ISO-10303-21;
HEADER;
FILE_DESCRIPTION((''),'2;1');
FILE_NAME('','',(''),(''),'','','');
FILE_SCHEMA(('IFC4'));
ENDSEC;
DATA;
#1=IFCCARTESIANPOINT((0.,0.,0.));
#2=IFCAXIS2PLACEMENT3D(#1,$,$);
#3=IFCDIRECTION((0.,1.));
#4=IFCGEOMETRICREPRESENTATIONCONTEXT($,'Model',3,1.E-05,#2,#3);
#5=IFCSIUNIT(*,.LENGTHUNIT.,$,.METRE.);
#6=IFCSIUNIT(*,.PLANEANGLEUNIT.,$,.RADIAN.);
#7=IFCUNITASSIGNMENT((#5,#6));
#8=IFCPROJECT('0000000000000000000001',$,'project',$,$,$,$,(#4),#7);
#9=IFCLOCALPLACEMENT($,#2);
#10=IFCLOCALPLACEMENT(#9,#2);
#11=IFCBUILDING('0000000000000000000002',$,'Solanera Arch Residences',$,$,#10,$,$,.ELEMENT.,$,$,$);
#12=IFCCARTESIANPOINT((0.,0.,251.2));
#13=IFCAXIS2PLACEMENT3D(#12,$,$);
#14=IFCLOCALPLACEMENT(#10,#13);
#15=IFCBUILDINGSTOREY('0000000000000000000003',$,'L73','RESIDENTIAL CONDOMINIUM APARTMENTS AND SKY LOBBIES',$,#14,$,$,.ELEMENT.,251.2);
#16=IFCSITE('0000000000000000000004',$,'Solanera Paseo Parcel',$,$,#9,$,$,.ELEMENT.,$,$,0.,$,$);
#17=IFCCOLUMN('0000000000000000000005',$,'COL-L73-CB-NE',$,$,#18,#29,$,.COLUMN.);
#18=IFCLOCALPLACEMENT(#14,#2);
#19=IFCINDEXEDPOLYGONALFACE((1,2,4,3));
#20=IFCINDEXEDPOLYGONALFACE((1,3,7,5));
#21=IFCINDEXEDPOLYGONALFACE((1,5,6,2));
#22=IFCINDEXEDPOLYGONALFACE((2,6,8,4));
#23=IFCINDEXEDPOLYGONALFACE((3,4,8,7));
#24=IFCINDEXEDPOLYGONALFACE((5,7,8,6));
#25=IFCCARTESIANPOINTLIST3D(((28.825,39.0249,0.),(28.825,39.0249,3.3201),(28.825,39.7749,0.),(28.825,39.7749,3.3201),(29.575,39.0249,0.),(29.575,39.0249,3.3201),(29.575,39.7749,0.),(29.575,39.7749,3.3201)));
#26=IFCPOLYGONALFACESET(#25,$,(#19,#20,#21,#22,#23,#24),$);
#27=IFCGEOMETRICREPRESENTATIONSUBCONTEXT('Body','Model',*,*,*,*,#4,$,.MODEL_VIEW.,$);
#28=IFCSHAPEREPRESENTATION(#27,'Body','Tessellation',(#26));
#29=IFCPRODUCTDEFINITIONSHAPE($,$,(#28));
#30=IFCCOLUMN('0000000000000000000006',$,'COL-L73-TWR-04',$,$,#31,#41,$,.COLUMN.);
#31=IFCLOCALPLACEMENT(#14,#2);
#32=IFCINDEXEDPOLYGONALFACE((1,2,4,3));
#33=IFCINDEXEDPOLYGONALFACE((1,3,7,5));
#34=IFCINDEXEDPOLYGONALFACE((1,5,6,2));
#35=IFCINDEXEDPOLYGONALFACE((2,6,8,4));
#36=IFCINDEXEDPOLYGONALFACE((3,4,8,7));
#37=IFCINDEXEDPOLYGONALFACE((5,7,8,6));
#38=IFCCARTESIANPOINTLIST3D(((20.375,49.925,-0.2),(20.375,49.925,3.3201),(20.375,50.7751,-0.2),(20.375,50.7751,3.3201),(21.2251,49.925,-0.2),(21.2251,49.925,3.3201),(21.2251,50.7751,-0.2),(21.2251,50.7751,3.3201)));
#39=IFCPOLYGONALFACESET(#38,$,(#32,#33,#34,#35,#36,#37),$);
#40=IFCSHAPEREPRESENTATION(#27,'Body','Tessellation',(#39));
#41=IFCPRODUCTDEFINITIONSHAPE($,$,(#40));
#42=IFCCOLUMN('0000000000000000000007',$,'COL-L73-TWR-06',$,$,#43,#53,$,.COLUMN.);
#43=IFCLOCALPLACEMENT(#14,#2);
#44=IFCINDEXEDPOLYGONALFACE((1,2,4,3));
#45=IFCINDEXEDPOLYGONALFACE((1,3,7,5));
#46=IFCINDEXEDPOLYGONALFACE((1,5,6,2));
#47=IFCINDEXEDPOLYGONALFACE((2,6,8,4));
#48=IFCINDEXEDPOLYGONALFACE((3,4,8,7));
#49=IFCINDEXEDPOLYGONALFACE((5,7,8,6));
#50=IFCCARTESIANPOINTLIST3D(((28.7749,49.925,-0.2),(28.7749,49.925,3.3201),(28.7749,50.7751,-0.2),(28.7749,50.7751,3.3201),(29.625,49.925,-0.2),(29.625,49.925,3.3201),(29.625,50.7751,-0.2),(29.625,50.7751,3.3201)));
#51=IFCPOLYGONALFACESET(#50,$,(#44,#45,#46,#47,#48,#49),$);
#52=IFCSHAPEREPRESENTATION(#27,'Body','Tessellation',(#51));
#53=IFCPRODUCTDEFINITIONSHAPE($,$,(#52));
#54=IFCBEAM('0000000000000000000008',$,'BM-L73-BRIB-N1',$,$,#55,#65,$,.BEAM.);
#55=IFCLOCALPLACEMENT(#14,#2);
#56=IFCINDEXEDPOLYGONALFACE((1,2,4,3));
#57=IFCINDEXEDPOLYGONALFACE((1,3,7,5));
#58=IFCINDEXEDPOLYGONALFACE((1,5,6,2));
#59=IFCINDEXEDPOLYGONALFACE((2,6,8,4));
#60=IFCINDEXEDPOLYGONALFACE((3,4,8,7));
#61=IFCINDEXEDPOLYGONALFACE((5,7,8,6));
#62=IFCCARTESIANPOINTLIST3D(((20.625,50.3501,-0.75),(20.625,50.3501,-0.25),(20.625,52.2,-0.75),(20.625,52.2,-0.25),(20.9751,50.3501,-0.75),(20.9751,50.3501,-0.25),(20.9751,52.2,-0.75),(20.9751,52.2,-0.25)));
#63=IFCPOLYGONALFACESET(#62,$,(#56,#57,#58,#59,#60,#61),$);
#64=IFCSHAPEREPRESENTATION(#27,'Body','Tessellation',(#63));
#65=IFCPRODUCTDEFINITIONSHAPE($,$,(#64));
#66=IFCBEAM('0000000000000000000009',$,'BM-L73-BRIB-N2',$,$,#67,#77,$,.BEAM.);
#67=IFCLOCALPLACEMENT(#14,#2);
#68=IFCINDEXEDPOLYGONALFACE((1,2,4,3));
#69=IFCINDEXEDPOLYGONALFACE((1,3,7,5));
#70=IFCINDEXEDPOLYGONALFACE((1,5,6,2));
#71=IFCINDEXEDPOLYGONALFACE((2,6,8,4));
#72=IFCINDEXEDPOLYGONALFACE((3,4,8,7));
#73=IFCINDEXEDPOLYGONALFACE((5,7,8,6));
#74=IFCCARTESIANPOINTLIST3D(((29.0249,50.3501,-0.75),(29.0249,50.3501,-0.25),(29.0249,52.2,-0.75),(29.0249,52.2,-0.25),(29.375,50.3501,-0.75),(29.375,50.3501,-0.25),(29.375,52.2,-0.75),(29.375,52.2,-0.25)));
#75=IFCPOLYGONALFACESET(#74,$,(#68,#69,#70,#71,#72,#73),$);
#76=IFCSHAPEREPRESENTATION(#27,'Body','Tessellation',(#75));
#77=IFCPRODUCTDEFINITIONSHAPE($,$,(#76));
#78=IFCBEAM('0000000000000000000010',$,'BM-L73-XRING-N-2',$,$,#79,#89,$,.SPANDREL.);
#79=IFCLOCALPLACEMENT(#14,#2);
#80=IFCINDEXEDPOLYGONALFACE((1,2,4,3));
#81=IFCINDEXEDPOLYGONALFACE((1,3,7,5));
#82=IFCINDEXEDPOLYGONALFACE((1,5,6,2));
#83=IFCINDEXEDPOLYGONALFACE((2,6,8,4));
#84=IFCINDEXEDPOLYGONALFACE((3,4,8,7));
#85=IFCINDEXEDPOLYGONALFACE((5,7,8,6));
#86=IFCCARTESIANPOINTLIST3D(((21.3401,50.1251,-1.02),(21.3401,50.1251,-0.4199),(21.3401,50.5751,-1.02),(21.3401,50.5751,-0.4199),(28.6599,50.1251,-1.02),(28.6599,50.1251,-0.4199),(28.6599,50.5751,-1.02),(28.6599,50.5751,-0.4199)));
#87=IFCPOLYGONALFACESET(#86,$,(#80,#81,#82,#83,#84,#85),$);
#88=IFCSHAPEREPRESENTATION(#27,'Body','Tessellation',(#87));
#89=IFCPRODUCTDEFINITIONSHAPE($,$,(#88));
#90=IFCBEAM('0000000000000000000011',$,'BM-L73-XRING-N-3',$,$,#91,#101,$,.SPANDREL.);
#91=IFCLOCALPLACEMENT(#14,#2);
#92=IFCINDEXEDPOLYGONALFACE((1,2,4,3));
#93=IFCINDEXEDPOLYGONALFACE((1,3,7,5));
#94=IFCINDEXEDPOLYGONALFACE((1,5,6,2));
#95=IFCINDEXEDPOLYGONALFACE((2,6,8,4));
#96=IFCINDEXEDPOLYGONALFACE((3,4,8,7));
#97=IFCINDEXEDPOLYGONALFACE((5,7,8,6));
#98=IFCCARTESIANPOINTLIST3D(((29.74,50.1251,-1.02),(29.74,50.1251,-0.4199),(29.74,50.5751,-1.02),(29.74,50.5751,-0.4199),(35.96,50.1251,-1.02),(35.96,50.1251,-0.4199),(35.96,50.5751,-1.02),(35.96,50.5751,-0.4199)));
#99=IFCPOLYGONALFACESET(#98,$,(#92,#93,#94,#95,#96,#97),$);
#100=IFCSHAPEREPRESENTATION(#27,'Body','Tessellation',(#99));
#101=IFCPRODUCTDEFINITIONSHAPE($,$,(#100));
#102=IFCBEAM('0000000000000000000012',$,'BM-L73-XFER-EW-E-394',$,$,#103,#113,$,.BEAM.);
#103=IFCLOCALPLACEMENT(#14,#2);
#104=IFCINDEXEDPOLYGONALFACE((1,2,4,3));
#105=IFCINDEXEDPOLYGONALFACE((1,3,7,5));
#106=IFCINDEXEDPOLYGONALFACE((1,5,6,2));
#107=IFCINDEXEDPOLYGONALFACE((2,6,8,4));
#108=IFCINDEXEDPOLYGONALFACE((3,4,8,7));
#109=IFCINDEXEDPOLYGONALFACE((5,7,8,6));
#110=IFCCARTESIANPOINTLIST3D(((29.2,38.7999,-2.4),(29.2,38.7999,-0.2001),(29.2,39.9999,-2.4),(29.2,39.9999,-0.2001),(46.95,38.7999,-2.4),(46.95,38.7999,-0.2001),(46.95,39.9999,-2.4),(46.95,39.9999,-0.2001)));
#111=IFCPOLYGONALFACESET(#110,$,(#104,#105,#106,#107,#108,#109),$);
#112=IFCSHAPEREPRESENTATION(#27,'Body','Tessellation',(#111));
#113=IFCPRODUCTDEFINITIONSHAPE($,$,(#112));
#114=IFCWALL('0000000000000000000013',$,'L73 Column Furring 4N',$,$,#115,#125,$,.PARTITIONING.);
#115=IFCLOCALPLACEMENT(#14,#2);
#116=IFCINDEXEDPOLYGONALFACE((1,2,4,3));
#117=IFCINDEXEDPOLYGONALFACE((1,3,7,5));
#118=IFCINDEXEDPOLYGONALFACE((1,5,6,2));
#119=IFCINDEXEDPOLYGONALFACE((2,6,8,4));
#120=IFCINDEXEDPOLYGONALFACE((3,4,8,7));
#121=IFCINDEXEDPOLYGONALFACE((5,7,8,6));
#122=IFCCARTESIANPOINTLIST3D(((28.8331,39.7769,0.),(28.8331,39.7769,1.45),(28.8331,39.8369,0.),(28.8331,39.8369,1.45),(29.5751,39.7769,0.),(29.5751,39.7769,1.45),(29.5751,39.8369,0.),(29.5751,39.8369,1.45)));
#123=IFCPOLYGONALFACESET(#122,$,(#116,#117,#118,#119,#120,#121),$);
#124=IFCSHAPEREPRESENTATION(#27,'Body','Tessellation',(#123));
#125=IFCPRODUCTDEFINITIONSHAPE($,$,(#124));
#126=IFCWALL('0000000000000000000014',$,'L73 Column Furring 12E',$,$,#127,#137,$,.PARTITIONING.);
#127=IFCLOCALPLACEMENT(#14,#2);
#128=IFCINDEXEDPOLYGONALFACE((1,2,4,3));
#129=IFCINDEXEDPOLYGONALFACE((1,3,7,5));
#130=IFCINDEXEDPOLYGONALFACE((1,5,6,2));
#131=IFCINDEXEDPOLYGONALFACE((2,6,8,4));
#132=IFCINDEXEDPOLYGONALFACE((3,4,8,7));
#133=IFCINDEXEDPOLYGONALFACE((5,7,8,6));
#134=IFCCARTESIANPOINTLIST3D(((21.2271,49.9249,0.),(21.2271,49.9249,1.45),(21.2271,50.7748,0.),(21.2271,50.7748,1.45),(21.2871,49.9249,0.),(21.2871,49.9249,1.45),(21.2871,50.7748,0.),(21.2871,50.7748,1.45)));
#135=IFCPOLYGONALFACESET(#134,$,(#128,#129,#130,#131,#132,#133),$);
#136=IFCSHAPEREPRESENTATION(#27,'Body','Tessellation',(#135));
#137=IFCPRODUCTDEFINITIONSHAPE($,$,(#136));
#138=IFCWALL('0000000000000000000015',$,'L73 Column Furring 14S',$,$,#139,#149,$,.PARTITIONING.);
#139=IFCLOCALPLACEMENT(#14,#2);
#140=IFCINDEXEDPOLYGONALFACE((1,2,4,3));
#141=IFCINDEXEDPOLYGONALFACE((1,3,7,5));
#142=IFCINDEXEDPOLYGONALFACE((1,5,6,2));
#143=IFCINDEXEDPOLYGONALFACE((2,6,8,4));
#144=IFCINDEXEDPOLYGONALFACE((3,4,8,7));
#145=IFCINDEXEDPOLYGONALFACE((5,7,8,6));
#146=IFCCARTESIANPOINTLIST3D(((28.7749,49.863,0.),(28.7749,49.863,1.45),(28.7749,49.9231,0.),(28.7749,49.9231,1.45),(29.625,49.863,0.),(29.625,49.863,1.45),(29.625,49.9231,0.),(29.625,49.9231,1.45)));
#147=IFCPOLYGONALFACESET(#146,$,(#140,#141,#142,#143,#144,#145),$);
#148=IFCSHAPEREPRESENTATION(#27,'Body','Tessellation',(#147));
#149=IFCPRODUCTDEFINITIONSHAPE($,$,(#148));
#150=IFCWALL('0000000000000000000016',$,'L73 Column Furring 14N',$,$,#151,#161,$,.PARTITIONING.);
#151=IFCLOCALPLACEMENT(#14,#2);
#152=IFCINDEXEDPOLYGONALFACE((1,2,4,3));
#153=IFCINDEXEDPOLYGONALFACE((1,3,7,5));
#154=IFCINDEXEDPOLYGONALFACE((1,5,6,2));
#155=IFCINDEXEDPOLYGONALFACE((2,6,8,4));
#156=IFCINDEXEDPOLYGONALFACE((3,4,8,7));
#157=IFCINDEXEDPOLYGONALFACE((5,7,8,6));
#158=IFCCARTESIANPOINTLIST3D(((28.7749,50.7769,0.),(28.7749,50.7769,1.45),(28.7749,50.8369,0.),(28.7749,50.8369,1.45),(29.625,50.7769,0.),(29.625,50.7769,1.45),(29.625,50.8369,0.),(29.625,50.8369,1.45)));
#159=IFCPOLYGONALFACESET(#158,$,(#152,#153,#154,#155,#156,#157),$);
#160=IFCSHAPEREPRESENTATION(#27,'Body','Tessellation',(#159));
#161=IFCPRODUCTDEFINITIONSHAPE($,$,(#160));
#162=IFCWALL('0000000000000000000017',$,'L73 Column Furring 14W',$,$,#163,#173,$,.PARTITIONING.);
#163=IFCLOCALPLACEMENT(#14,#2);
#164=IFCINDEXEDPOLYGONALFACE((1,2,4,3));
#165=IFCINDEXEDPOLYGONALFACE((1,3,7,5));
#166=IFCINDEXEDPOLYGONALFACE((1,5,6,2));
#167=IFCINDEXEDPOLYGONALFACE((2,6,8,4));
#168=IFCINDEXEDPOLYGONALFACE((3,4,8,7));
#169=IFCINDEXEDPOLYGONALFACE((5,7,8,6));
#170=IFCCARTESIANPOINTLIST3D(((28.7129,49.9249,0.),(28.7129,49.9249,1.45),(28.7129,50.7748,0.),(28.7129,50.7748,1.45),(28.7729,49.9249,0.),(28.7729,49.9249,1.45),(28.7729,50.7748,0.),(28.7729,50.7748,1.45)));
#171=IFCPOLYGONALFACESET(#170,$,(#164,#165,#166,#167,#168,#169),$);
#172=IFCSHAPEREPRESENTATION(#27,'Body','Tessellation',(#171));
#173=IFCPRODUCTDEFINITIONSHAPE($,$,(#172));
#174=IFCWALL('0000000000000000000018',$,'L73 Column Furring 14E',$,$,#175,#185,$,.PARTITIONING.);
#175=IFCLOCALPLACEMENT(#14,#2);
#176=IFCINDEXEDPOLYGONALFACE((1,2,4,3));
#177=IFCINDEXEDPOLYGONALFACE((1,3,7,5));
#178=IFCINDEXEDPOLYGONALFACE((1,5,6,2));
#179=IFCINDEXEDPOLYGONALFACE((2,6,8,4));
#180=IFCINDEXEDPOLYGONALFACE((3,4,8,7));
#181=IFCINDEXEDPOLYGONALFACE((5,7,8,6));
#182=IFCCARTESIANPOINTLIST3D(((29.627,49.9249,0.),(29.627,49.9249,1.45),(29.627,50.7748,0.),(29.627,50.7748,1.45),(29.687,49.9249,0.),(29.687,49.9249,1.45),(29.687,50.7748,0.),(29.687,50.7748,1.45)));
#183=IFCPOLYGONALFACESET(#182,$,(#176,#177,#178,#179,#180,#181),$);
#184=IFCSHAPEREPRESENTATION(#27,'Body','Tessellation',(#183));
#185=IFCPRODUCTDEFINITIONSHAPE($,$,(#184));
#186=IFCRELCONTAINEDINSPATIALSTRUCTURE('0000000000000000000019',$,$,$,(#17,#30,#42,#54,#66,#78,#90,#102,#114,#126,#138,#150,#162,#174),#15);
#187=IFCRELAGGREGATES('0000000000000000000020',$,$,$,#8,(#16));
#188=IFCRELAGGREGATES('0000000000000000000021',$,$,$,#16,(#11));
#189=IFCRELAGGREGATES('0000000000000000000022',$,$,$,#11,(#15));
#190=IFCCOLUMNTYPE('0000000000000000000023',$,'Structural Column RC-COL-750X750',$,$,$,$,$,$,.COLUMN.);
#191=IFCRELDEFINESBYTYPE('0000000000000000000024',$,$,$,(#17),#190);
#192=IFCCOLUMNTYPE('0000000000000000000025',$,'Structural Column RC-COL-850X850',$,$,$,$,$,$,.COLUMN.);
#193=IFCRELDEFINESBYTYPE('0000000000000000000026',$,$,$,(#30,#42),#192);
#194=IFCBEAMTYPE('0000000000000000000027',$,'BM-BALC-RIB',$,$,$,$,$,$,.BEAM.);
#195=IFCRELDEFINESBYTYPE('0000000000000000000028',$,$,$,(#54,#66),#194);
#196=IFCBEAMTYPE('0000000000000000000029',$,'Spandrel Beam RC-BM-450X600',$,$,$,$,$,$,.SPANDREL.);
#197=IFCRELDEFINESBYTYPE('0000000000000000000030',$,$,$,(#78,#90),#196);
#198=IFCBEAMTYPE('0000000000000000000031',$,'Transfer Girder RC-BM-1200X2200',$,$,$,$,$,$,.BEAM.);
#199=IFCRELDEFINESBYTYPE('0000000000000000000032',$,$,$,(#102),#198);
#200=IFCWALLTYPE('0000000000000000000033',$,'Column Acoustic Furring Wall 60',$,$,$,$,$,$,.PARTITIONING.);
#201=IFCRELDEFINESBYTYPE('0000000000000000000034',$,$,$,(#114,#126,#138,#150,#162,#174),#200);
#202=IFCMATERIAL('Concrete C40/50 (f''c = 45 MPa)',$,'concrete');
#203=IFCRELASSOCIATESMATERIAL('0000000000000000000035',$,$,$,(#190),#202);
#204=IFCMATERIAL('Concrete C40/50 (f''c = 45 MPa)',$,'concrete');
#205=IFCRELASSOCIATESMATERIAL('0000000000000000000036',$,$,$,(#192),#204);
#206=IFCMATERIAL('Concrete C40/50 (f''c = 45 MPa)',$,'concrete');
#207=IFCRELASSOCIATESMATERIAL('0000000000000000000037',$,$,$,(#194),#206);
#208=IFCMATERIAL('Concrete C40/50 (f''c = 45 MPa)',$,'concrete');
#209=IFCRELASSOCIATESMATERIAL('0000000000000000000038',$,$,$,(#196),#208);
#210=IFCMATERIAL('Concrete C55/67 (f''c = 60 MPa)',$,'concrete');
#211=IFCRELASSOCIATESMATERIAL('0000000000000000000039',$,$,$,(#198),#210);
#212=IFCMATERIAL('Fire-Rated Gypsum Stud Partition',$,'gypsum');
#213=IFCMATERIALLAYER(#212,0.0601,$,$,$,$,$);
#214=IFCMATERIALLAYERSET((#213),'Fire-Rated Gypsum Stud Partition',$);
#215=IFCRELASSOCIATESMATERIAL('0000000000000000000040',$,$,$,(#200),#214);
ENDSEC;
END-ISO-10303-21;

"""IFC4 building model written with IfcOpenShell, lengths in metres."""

from ifc_helpers import new_model, si_unit, direction, frame, frame_2d, origin, origin_2d, place, context, subcontext, project, spatial, rectangle, extrude, material, layer, layer_set, material_profile, profile_set, type_object, element, save


model = new_model("IFC4")

# Units and contexts
model_context = context("Model", 3, precision=1e-05, world=origin(), true_north=direction((0.0, 1.0)))
body_context = subcontext(model_context, "Body", "Model", "MODEL_VIEW")
ifc_project = project(units=[si_unit("LENGTHUNIT", "METRE"), si_unit("PLANEANGLEUNIT", "RADIAN")], contexts=[model_context])

# Site, building, storey
site_placement = place(None, origin())
site = spatial("IfcSite", under=ifc_project, at=site_placement, Name="Solanera Paseo Parcel", CompositionType="ELEMENT", RefElevation=0.0)
building_placement = place(site_placement, origin())
building = spatial("IfcBuilding", under=site, at=building_placement, Name="Solanera Arch Residences", CompositionType="ELEMENT")
storey_placement = place(building_placement, frame((0.0, 0.0, 251.2)))
storey = spatial("IfcBuildingStorey", under=building, at=storey_placement, Name="L73", Description="RESIDENTIAL CONDOMINIUM APARTMENTS AND SKY LOBBIES", CompositionType="ELEMENT", Elevation=251.2)

# Columns
ifc_material_1 = material(Name="Concrete C40/50 (f'c = 45 MPa)", Category="concrete")
ifc_material_profile_1 = material_profile(ifc_material_1, rectangle(XDim=0.75, YDim=0.75, at=origin_2d()))
ifc_profile_set_1 = profile_set([ifc_material_profile_1], Name="Concrete C40/50 (f'c = 45 MPa)")
column_type_1 = type_object("IfcColumnType", Name="Structural Column RC-COL-750X750", PredefinedType="COLUMN", material=ifc_profile_set_1)
column_placement = place(storey_placement, frame((29.2, 39.3999, 0.0), z_axis=(0.0, 0.0, 1.0), x_axis=(1.0, 0.0, 0.0)))
element("IfcColumn", 1, at=column_placement, inside=storey, type_object=column_type_1, Name="COL-L73-CB-NE", PredefinedType="COLUMN", context=body_context, shape_type="SweptSolid", body=[
    extrude(rectangle(XDim=0.75, YDim=0.75, at=origin_2d()), origin(), (0.0, 0.0, 1.0), 3.3201),
])
ifc_material_2 = material(Name="Concrete C40/50 (f'c = 45 MPa)", Category="concrete")
ifc_material_profile_2 = material_profile(ifc_material_2, rectangle(XDim=0.8501, YDim=0.8501, at=origin_2d()))
ifc_profile_set_2 = profile_set([ifc_material_profile_2], Name="Concrete C40/50 (f'c = 45 MPa)")
column_type_2 = type_object("IfcColumnType", Name="Structural Column RC-COL-850X850", PredefinedType="COLUMN", material=ifc_profile_set_2)
for number, where, z_axis, x_axis, name in (
    (2, (20.8, 50.3501, -0.2), (0.0, 0.0, 1.0), (1.0, 0.0, 0.0), "COL-L73-TWR-04"),
    (3, (29.2, 50.3501, -0.2), (0.0, 0.0, 1.0), (1.0, 0.0, 0.0), "COL-L73-TWR-06"),
):
    element("IfcColumn", number, at=place(storey_placement, frame(where, z_axis=z_axis, x_axis=x_axis)), inside=storey, type_object=column_type_2, Name=name, PredefinedType="COLUMN", context=body_context, shape_type="SweptSolid", body=[
        extrude(rectangle(XDim=0.8501, YDim=0.8501, at=origin_2d()), origin(), (0.0, 0.0, 1.0), 3.52),
    ])

# Beams
ifc_material_3 = material(Name="Concrete C40/50 (f'c = 45 MPa)", Category="concrete")
ifc_material_profile_3 = material_profile(ifc_material_3, rectangle(XDim=0.3501, YDim=0.5, at=origin_2d()))
ifc_profile_set_3 = profile_set([ifc_material_profile_3], Name="Concrete C40/50 (f'c = 45 MPa)")
beam_type_1 = type_object("IfcBeamType", Name="BM-BALC-RIB", PredefinedType="BEAM", material=ifc_profile_set_3)
for number, where, z_axis, x_axis, name in (
    (4, (20.8, 50.3501, -0.5), (0.0, 1.0, 0.0), (-1.0, 0.0, 0.0), "BM-L73-BRIB-N1"),
    (5, (29.2, 50.3501, -0.5), (0.0, 1.0, 0.0), (-1.0, 0.0, 0.0), "BM-L73-BRIB-N2"),
):
    element("IfcBeam", number, at=place(storey_placement, frame(where, z_axis=z_axis, x_axis=x_axis)), inside=storey, type_object=beam_type_1, Name=name, PredefinedType="BEAM", context=body_context, shape_type="SweptSolid", body=[
        extrude(rectangle(XDim=0.3501, YDim=0.5, at=origin_2d()), origin(), (0.0, 0.0, 1.0), 1.8499),
    ])
ifc_material_4 = material(Name="Concrete C40/50 (f'c = 45 MPa)", Category="concrete")
ifc_material_profile_4 = material_profile(ifc_material_4, rectangle(XDim=0.45, YDim=0.6001, at=origin_2d()))
ifc_profile_set_4 = profile_set([ifc_material_profile_4], Name="Concrete C40/50 (f'c = 45 MPa)")
beam_type_2 = type_object("IfcBeamType", Name="Spandrel Beam RC-BM-450X600", PredefinedType="SPANDREL", material=ifc_profile_set_4)
beam_1_placement = place(storey_placement, frame((21.3401, 50.3501, -0.72), z_axis=(1.0, 0.0, 0.0), x_axis=(0.0, 1.0, 0.0)))
element("IfcBeam", 6, at=beam_1_placement, inside=storey, type_object=beam_type_2, Name="BM-L73-XRING-N-2", PredefinedType="SPANDREL", context=body_context, shape_type="SweptSolid", body=[
    extrude(rectangle(XDim=0.45, YDim=0.6001, at=origin_2d()), origin(), (0.0, 0.0, 1.0), 7.3198),
])
beam_2_placement = place(storey_placement, frame((29.74, 50.3501, -0.72), z_axis=(1.0, 0.0, 0.0), x_axis=(0.0, 1.0, 0.0)))
element("IfcBeam", 7, at=beam_2_placement, inside=storey, type_object=beam_type_2, Name="BM-L73-XRING-N-3", PredefinedType="SPANDREL", context=body_context, shape_type="SweptSolid", body=[
    extrude(rectangle(XDim=0.45, YDim=0.6001, at=origin_2d()), origin(), (0.0, 0.0, 1.0), 6.22),
])
ifc_material_5 = material(Name="Concrete C55/67 (f'c = 60 MPa)", Category="concrete")
ifc_material_profile_5 = material_profile(ifc_material_5, rectangle(XDim=1.2, YDim=2.2, at=origin_2d()))
ifc_profile_set_5 = profile_set([ifc_material_profile_5], Name="Concrete C55/67 (f'c = 60 MPa)")
beam_type_3 = type_object("IfcBeamType", Name="Transfer Girder RC-BM-1200X2200", PredefinedType="BEAM", material=ifc_profile_set_5)
beam_3_placement = place(storey_placement, frame((29.2, 39.3999, -1.3), z_axis=(1.0, 0.0, 0.0), x_axis=(0.0, 1.0, 0.0)))
element("IfcBeam", 8, at=beam_3_placement, inside=storey, type_object=beam_type_3, Name="BM-L73-XFER-EW-E-394", PredefinedType="BEAM", context=body_context, shape_type="SweptSolid", body=[
    extrude(rectangle(XDim=1.2, YDim=2.2, at=origin_2d()), origin(), (0.0, 0.0, 1.0), 17.75),
])

# Walls
ifc_material_6 = material(Name="Fire-Rated Gypsum Stud Partition", Category="gypsum")
ifc_layer_1 = layer(ifc_material_6, 0.0601)
ifc_layer_set_1 = layer_set([ifc_layer_1], Name="Fire-Rated Gypsum Stud Partition")
wall_type_1 = type_object("IfcWallType", Name="Column Acoustic Furring Wall 60", PredefinedType="PARTITIONING", material=ifc_layer_set_1)
wall_1_placement = place(storey_placement, frame((28.833, 39.8069, 0.0), z_axis=(0.0, 0.0, 1.0), x_axis=(1.0, 0.0, 0.0)))
element("IfcWall", 9, at=wall_1_placement, inside=storey, type_object=wall_type_1, Name="L73 Column Furring 4N", PredefinedType="PARTITIONING", context=body_context, shape_type="SweptSolid", body=[
    extrude(rectangle(XDim=0.7419, YDim=0.0601, at=frame_2d((0.3711, 0.0))), origin(), (0.0, 0.0, 1.0), 1.45),
])
wall_2_placement = place(storey_placement, frame((21.2571, 49.925, 0.0), z_axis=(0.0, 0.0, 1.0), x_axis=(0.0, 1.0, 0.0)))
element("IfcWall", 10, at=wall_2_placement, inside=storey, type_object=wall_type_1, Name="L73 Column Furring 12E", PredefinedType="PARTITIONING", context=body_context, shape_type="SweptSolid", body=[
    extrude(rectangle(XDim=0.8499, YDim=0.0601, at=frame_2d((0.4248, 0.0))), origin(), (0.0, 0.0, 1.0), 1.45),
])
for number, where, z_axis, x_axis, name in (
    (11, (28.7749, 49.8931, 0.0), (0.0, 0.0, 1.0), (1.0, 0.0, 0.0), "L73 Column Furring 14S"),
    (12, (28.7749, 50.8069, 0.0), (0.0, 0.0, 1.0), (1.0, 0.0, 0.0), "L73 Column Furring 14N"),
):
    element("IfcWall", number, at=place(storey_placement, frame(where, z_axis=z_axis, x_axis=x_axis)), inside=storey, type_object=wall_type_1, Name=name, PredefinedType="PARTITIONING", context=body_context, shape_type="SweptSolid", body=[
        extrude(rectangle(XDim=0.8501, YDim=0.0601, at=frame_2d((0.425, 0.0))), origin(), (0.0, 0.0, 1.0), 1.45),
    ])
for number, where, z_axis, x_axis, name in (
    (13, (28.7429, 49.925, 0.0), (0.0, 0.0, 1.0), (0.0, 1.0, 0.0), "L73 Column Furring 14W"),
    (14, (29.657, 49.925, 0.0), (0.0, 0.0, 1.0), (0.0, 1.0, 0.0), "L73 Column Furring 14E"),
):
    element("IfcWall", number, at=place(storey_placement, frame(where, z_axis=z_axis, x_axis=x_axis)), inside=storey, type_object=wall_type_1, Name=name, PredefinedType="PARTITIONING", context=body_context, shape_type="SweptSolid", body=[
        extrude(rectangle(XDim=0.8499, YDim=0.0601, at=frame_2d((0.4248, 0.0))), origin(), (0.0, 0.0, 1.0), 1.45),
    ])

save(model, "model.ifc")
